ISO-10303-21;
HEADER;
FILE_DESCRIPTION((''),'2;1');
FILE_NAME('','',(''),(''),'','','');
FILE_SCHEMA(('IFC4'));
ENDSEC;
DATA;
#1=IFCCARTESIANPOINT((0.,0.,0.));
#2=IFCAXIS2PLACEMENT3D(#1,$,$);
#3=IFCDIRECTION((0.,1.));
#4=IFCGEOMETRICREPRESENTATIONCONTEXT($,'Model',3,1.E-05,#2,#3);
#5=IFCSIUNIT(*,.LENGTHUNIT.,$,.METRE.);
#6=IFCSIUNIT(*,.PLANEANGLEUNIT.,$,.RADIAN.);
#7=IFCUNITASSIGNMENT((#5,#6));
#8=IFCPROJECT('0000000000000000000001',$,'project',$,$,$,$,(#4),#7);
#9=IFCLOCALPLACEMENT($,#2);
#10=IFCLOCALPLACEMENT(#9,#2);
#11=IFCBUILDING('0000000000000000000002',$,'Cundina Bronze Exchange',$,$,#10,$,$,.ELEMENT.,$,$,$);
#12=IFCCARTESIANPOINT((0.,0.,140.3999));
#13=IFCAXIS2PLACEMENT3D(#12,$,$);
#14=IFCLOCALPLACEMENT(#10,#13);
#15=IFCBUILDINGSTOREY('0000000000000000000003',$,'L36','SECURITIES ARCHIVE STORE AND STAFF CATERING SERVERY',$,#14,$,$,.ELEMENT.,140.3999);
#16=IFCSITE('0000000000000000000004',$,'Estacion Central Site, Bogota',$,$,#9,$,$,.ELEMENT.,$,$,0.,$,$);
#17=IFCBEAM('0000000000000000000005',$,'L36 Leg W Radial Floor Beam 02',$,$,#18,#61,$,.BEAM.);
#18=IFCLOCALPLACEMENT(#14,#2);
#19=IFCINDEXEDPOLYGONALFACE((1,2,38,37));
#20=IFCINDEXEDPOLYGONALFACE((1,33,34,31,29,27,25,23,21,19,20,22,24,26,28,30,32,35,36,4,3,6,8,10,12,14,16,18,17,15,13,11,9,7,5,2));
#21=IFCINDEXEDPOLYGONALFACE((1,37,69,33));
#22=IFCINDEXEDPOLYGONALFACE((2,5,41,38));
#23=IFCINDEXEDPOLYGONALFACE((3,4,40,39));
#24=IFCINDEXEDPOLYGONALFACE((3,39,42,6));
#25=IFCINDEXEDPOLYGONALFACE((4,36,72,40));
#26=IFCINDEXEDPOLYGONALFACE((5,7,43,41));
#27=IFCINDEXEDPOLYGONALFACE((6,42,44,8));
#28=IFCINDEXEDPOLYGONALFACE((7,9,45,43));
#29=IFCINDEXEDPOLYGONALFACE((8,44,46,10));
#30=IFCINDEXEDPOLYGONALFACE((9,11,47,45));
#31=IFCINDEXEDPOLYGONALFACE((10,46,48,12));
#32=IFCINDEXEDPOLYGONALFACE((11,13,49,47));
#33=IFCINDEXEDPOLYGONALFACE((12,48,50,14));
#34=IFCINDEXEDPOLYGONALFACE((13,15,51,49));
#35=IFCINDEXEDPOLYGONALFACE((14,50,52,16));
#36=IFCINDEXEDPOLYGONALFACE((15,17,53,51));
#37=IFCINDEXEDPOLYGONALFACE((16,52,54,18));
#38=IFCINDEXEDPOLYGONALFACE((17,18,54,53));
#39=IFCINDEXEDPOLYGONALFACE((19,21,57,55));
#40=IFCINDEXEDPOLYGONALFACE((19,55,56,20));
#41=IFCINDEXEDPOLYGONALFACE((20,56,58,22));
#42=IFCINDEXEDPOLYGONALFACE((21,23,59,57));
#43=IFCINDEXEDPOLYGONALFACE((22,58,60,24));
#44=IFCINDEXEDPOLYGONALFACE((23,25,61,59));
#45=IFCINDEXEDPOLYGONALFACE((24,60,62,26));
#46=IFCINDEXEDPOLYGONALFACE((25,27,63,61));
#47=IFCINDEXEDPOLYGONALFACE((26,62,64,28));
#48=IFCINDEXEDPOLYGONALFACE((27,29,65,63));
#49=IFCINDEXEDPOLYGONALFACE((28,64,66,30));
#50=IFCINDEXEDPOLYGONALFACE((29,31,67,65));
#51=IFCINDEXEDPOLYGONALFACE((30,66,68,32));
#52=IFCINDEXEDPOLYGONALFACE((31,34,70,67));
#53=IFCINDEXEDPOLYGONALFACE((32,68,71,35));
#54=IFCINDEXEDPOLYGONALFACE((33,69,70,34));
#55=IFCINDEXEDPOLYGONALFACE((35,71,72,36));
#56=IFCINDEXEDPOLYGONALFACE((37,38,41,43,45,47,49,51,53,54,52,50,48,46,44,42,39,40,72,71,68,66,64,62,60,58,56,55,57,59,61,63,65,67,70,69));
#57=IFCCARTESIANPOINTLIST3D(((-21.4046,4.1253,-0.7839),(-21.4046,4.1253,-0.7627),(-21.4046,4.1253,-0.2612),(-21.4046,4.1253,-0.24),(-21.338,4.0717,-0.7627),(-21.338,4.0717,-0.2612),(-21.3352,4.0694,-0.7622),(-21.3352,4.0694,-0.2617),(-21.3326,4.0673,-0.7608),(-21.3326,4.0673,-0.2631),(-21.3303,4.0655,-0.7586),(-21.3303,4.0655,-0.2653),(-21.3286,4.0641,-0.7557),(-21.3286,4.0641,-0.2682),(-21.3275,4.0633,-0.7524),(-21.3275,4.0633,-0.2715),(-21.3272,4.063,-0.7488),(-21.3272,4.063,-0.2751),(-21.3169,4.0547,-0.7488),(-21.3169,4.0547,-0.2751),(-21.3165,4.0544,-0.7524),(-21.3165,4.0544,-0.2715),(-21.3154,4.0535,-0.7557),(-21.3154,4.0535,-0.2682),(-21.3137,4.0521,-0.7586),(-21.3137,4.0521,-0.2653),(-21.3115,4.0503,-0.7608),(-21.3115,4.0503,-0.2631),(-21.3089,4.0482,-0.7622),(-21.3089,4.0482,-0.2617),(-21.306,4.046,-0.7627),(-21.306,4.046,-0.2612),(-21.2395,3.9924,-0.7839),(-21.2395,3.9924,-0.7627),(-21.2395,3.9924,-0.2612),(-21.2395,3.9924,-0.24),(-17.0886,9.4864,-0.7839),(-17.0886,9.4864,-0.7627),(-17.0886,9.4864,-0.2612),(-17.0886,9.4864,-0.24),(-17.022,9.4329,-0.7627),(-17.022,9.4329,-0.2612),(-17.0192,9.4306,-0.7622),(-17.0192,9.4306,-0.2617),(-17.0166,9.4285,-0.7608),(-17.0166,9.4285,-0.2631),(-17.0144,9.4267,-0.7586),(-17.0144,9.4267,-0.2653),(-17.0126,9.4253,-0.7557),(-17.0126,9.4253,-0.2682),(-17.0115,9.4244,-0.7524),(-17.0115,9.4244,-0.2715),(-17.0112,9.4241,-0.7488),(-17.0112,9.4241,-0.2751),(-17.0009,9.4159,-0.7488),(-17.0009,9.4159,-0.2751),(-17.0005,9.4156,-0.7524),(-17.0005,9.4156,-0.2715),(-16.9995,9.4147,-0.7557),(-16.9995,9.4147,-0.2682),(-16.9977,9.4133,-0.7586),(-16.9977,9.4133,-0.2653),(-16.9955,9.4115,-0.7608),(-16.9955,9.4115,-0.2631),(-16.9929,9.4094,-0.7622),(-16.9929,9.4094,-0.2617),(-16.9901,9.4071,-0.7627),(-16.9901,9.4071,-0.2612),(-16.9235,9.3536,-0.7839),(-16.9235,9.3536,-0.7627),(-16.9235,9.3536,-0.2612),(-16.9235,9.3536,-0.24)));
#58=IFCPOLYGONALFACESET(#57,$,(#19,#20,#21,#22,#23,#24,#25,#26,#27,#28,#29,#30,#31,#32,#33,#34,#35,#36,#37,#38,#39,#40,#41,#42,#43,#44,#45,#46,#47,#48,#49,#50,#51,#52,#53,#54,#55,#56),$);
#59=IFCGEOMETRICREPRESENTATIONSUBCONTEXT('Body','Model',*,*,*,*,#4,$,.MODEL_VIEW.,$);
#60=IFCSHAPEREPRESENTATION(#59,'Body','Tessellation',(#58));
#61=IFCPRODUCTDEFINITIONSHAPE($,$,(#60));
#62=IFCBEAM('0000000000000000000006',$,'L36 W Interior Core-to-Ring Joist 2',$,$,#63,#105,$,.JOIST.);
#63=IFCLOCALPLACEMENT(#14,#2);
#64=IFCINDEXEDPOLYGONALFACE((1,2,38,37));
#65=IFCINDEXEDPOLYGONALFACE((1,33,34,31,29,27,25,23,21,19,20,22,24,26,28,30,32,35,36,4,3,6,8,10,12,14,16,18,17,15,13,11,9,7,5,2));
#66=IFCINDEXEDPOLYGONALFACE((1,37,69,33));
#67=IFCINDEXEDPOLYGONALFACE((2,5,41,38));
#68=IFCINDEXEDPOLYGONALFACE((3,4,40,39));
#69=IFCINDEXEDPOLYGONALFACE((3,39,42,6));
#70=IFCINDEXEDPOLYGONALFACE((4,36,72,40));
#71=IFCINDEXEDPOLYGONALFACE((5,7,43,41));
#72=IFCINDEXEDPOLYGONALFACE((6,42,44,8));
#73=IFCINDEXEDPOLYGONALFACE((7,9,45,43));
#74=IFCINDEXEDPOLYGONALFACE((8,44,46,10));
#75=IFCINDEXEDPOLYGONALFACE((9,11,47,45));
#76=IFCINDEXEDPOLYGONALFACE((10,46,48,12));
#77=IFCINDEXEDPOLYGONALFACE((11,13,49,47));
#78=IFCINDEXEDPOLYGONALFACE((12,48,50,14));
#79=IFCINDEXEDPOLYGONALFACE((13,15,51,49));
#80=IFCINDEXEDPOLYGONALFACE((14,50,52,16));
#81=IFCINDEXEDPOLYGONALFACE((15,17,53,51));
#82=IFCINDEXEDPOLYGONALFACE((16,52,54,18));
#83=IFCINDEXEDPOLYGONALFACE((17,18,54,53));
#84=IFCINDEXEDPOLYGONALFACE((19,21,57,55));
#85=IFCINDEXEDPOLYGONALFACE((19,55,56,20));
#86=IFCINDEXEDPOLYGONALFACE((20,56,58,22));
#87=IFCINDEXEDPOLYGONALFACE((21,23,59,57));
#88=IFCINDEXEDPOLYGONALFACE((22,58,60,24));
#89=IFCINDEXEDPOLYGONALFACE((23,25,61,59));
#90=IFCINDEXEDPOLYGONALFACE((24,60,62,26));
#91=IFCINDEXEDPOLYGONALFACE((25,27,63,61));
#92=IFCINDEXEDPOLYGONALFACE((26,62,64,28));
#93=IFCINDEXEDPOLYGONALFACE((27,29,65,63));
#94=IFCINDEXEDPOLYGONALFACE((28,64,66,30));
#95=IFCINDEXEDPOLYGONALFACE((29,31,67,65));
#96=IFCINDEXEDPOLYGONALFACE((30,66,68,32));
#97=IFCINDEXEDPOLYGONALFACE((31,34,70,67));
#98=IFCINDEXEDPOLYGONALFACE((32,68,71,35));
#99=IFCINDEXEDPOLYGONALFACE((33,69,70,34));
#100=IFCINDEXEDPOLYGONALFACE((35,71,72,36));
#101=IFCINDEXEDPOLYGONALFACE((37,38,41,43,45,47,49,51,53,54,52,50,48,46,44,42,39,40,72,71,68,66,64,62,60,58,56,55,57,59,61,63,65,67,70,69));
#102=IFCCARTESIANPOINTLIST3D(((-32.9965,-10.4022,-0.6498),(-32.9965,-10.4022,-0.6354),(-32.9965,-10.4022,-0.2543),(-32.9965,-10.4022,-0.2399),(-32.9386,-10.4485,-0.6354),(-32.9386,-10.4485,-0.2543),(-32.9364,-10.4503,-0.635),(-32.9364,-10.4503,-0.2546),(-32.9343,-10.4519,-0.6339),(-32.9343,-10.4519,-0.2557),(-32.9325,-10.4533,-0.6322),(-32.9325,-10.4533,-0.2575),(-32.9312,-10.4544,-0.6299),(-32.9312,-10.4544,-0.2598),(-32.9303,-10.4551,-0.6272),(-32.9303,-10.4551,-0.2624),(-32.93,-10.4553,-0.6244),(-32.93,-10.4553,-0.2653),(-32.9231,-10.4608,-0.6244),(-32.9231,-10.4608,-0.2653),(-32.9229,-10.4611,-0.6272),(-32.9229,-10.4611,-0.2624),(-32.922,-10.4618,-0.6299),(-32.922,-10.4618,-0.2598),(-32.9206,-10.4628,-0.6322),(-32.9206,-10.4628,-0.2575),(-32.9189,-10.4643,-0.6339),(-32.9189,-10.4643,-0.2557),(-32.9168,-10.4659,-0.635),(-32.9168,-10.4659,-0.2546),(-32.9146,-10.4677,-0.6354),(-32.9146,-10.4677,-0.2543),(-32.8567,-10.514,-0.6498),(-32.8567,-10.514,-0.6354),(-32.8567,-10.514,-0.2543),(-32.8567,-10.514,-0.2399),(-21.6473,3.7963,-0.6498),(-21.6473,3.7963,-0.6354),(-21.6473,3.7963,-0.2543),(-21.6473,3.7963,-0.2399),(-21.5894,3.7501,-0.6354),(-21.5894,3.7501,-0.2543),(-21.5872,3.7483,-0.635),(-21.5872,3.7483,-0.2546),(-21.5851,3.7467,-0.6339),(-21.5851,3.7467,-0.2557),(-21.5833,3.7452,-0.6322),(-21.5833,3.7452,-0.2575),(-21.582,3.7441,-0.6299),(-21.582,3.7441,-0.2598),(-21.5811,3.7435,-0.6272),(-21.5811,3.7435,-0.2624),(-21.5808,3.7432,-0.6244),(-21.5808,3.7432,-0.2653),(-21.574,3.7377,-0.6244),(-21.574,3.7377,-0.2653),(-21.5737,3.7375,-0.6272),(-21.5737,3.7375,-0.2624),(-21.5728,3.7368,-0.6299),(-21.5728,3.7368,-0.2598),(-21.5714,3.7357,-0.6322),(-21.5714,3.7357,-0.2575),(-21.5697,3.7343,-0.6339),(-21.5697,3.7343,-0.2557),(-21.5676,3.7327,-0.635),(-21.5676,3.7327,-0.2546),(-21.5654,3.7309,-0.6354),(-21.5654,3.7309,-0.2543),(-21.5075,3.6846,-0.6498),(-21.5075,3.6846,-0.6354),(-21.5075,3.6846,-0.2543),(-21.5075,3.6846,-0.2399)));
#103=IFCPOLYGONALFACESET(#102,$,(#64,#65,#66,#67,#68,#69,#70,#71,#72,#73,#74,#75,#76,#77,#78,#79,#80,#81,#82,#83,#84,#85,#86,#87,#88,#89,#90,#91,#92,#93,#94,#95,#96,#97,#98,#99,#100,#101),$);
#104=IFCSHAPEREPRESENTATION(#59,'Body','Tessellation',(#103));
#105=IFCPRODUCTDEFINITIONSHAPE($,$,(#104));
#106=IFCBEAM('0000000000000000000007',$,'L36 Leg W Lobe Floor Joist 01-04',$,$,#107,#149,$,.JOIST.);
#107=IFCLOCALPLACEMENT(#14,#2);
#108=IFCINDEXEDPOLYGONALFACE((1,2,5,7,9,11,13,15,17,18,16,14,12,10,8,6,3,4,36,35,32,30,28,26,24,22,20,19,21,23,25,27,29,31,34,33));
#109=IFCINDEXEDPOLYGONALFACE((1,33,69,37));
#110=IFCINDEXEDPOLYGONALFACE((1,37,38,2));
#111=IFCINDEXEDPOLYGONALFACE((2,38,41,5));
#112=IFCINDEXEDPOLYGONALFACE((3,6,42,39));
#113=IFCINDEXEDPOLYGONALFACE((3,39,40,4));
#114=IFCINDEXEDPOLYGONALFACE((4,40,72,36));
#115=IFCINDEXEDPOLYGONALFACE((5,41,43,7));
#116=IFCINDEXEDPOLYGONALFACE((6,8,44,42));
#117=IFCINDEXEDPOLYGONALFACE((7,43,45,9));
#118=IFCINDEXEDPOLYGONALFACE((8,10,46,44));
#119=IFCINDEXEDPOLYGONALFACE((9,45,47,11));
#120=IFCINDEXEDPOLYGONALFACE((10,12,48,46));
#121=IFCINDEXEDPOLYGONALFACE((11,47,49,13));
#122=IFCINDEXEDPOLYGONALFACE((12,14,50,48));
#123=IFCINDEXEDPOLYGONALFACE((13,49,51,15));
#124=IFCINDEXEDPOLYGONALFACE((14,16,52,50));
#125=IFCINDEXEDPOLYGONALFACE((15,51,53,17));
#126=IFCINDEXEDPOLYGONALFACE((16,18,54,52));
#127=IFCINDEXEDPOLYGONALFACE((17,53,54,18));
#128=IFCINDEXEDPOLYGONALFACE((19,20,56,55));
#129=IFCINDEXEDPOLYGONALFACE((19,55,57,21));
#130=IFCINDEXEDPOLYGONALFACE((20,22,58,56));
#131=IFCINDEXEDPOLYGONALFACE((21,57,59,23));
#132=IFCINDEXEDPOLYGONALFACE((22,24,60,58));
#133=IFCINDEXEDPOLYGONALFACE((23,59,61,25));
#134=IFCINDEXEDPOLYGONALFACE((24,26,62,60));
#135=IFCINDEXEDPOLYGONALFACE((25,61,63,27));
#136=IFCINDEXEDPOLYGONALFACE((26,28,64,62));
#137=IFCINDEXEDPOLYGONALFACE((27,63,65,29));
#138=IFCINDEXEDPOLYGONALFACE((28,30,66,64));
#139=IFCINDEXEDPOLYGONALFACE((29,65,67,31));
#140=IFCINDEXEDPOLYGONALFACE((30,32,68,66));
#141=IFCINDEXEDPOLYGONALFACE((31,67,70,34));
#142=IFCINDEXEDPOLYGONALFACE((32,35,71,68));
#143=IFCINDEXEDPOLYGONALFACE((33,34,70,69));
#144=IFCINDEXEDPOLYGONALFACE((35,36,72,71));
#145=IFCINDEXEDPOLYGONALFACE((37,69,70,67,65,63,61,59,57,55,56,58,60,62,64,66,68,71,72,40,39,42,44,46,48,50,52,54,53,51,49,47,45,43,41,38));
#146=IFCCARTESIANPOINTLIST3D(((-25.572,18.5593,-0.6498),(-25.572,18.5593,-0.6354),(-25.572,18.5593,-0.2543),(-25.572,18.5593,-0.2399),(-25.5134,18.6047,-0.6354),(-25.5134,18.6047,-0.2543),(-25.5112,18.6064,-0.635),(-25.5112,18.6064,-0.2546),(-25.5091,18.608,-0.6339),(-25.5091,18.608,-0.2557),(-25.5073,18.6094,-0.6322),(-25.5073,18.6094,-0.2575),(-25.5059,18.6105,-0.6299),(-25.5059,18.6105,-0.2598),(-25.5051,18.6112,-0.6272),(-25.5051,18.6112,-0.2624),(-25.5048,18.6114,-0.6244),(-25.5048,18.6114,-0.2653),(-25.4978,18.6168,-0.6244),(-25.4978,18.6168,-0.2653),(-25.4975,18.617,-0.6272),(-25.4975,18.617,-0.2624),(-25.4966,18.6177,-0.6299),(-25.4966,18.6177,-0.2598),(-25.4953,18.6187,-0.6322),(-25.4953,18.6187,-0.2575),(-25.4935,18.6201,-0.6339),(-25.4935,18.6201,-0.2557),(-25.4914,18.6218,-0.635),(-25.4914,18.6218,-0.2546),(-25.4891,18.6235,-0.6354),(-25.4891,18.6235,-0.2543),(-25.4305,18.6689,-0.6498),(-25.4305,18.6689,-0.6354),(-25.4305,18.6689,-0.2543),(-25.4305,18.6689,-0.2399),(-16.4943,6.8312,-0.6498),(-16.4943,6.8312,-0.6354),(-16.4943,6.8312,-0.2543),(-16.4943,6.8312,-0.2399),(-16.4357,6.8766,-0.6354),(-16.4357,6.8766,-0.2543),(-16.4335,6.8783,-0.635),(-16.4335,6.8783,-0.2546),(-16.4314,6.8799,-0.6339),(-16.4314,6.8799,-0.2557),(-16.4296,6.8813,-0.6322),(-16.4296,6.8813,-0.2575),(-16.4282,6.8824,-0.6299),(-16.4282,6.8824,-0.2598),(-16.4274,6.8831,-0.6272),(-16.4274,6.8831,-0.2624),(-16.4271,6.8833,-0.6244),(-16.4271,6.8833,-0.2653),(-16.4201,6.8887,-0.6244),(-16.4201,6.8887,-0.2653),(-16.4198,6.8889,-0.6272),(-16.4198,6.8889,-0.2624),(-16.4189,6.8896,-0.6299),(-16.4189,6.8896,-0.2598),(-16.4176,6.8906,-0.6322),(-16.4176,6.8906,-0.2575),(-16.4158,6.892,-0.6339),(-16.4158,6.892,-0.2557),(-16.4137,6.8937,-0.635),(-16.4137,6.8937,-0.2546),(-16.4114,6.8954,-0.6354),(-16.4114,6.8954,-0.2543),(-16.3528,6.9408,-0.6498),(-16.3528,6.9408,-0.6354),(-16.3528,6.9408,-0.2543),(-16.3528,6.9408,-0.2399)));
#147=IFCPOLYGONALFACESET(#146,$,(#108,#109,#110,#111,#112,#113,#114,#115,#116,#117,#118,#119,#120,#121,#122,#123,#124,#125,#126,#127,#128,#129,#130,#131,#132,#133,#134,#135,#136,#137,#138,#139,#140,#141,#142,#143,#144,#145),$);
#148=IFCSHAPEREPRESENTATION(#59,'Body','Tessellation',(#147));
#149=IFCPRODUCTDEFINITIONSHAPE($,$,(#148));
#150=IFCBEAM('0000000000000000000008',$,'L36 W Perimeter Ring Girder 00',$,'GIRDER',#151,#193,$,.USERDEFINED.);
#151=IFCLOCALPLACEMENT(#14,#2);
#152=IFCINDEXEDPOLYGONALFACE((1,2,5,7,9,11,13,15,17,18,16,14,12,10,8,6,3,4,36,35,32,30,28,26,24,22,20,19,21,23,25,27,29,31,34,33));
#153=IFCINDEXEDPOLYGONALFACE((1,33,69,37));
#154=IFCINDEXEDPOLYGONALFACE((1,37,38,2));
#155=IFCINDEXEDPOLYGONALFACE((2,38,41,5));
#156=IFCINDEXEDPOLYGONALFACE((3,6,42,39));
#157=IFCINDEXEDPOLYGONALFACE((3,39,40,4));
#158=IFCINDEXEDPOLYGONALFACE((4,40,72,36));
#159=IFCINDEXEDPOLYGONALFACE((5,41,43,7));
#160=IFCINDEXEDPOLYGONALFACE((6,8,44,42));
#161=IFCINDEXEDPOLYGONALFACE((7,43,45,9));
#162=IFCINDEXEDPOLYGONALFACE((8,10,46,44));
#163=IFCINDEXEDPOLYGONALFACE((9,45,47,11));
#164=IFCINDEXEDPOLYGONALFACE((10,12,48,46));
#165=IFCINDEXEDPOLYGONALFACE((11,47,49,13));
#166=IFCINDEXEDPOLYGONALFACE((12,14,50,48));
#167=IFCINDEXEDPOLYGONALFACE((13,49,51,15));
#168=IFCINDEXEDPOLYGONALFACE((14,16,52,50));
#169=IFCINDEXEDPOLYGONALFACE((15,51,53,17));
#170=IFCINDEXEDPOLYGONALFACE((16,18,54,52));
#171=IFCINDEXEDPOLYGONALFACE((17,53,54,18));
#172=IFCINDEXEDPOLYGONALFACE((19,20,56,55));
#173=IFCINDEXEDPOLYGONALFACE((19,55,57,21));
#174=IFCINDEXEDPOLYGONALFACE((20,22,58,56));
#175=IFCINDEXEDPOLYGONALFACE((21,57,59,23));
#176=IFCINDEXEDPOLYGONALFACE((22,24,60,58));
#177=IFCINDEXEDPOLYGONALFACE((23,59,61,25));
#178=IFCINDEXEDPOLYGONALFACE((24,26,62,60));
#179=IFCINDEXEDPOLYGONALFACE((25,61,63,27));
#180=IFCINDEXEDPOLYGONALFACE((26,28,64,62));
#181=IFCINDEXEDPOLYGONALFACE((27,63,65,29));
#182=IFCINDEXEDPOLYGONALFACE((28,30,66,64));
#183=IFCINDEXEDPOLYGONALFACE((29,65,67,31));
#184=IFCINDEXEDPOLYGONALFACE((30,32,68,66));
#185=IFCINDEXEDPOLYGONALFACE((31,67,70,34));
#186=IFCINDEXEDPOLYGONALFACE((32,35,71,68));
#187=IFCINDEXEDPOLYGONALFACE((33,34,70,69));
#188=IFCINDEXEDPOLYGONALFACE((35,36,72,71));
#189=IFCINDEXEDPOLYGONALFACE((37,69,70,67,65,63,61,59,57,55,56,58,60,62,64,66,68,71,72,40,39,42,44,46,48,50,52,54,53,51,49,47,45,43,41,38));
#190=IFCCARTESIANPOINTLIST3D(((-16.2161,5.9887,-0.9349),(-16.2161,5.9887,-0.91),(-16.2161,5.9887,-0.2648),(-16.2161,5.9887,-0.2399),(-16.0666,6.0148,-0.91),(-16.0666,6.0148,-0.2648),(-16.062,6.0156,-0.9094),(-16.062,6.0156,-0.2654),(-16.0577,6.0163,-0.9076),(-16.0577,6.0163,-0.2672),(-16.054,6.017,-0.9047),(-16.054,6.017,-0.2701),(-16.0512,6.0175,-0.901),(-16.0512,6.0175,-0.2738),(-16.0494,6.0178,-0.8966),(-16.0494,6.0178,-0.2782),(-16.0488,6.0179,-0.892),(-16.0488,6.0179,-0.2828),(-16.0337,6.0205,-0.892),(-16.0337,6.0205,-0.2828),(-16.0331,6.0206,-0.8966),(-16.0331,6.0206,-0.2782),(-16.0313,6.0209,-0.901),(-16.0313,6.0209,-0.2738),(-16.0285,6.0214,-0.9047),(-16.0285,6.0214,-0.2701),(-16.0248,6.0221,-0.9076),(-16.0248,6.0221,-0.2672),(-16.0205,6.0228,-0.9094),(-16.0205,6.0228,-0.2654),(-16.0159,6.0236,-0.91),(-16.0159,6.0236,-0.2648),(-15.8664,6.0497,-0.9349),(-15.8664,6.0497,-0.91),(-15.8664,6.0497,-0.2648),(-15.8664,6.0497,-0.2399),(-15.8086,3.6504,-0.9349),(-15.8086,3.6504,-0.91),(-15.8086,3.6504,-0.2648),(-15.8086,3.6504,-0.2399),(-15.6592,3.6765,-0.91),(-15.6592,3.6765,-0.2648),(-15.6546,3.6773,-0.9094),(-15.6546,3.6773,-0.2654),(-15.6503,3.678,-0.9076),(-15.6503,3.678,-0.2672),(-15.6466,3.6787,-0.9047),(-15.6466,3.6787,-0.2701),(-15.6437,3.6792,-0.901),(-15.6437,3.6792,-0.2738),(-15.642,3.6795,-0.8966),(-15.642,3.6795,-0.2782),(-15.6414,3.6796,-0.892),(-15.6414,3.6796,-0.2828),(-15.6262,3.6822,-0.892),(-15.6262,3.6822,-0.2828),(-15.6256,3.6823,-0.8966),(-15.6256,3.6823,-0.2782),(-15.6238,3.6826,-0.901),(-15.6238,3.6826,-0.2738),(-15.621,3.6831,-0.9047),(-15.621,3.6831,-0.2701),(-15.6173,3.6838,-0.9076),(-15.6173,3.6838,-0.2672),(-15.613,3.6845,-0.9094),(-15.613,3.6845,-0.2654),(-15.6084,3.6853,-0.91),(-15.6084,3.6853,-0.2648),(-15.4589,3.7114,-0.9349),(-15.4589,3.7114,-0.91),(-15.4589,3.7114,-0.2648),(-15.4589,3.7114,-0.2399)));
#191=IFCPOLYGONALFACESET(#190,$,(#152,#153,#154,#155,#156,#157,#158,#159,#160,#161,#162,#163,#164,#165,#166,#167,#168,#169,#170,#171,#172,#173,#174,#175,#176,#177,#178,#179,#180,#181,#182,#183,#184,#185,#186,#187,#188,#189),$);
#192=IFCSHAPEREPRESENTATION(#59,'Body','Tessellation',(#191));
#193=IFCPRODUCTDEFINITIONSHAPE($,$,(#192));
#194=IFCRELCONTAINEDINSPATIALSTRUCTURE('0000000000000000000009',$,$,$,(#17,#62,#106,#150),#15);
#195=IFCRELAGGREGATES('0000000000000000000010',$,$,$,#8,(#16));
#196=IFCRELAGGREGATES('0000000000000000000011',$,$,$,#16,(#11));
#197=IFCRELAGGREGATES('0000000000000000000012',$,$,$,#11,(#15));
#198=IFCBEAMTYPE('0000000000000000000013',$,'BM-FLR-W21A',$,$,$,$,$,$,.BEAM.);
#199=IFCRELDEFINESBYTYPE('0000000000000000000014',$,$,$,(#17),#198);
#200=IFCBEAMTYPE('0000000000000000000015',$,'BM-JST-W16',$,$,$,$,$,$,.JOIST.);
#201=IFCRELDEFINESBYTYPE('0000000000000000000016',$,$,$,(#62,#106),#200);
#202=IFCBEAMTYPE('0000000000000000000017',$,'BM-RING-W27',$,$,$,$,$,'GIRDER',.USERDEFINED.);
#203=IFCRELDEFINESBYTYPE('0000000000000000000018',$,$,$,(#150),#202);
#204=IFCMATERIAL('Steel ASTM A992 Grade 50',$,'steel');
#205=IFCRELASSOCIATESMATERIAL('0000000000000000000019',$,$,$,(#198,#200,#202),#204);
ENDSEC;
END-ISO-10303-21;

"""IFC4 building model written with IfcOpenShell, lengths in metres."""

from ifc_helpers import new_model, si_unit, direction, frame, origin, origin_2d, place, context, subcontext, project, spatial, i_section, extrude, material, material_profile, profile_set, type_object, element, save


model = new_model("IFC4")

# Units and contexts
model_context = context("Model", 3, precision=1e-05, world=origin(), true_north=direction((0.0, 1.0)))
body_context = subcontext(model_context, "Body", "Model", "MODEL_VIEW")
ifc_project = project(units=[si_unit("LENGTHUNIT", "METRE"), si_unit("PLANEANGLEUNIT", "RADIAN")], contexts=[model_context])

# Site, building, storey
site_placement = place(None, origin())
site = spatial("IfcSite", under=ifc_project, at=site_placement, Name="Estacion Central Site, Bogota", CompositionType="ELEMENT", RefElevation=0.0)
building_placement = place(site_placement, origin())
building = spatial("IfcBuilding", under=site, at=building_placement, Name="Cundina Bronze Exchange", CompositionType="ELEMENT")
storey_placement = place(building_placement, frame((0.0, 0.0, 140.3999)))
storey = spatial("IfcBuildingStorey", under=building, at=storey_placement, Name="L36", Description="SECURITIES ARCHIVE STORE AND STAFF CATERING SERVERY", CompositionType="ELEMENT", Elevation=140.3999)

# Shared definitions
ifc_material_1 = material(Name="Steel ASTM A992 Grade 50", Category="steel")

# Beams
ifc_material_profile_1 = material_profile(ifc_material_1, i_section(OverallWidth=0.2119, OverallDepth=0.5439, WebThickness=0.0132, FlangeThickness=0.0212, FilletRadius=0.0139, at=origin_2d()), Name="W21X83", Category="steel")
ifc_profile_set_1 = profile_set([ifc_material_profile_1], Name="Steel ASTM A992 Grade 50")
beam_type_1 = type_object("IfcBeamType", Name="BM-FLR-W21A", PredefinedType="BEAM", material=ifc_profile_set_1)
beam_1_placement = place(storey_placement, frame((-21.322, 4.0588, -0.512), z_axis=(0.627089, 0.778948, 0.0), x_axis=(-0.778948, 0.627089, 0.0)))
element("IfcBeam", 1, at=beam_1_placement, inside=storey, type_object=beam_type_1, Name="L36 Leg W Radial Floor Beam 02", PredefinedType="BEAM", context=body_context, shape_type="SweptSolid", body=[
    extrude(i_section(OverallWidth=0.2119, OverallDepth=0.5439, WebThickness=0.0132, FlangeThickness=0.0212, FilletRadius=0.0139, at=origin_2d()), origin(), (0.0, 0.0, 1.0), 6.8826),
])
ifc_material_profile_2 = material_profile(ifc_material_1, i_section(OverallWidth=0.179, OverallDepth=0.4099, WebThickness=0.0088, FlangeThickness=0.0144, FilletRadius=0.011, at=origin_2d()), Name="W16X45", Category="steel")
ifc_profile_set_2 = profile_set([ifc_material_profile_2], Name="Steel ASTM A992 Grade 50")
beam_type_2 = type_object("IfcBeamType", Name="BM-JST-W16", PredefinedType="JOIST", material=ifc_profile_set_2)
beam_2_placement = place(storey_placement, frame((-21.5774, 3.7405, -0.4448), z_axis=(-0.624371, -0.781128, 0.0), x_axis=(0.781128, -0.624371, 0.0)))
element("IfcBeam", 2, at=beam_2_placement, inside=storey, type_object=beam_type_2, Name="L36 W Interior Core-to-Ring Joist 2", PredefinedType="JOIST", context=body_context, shape_type="SweptSolid", body=[
    extrude(i_section(OverallWidth=0.179, OverallDepth=0.4099, WebThickness=0.0088, FlangeThickness=0.0144, FilletRadius=0.011, at=origin_2d()), origin(), (0.0, 0.0, 1.0), 18.177),
])
beam_3_placement = place(storey_placement, frame((-16.4236, 6.886, -0.4448), z_axis=(-0.612084, 0.790793, 0.0), x_axis=(-0.790793, -0.612084, 0.0)))
element("IfcBeam", 3, at=beam_3_placement, inside=storey, type_object=beam_type_2, Name="L36 Leg W Lobe Floor Joist 01-04", PredefinedType="JOIST", context=body_context, shape_type="SweptSolid", body=[
    extrude(i_section(OverallWidth=0.179, OverallDepth=0.4099, WebThickness=0.0088, FlangeThickness=0.0144, FilletRadius=0.011, at=origin_2d()), origin(), (0.0, 0.0, 1.0), 14.8308),
])
ifc_material_profile_3 = material_profile(ifc_material_1, i_section(OverallWidth=0.355, OverallDepth=0.6951, WebThickness=0.0154, FlangeThickness=0.0249, FilletRadius=0.0181, at=origin_2d()), Name="W27X146", Category="steel")
ifc_profile_set_3 = profile_set([ifc_material_profile_3], Name="Steel ASTM A992 Grade 50")
beam_type_3 = type_object("IfcBeamType", Name="BM-RING-W27", ElementType="GIRDER", PredefinedType="USERDEFINED", material=ifc_profile_set_3)
beam_4_placement = place(storey_placement, frame((-15.6338, 3.6809, -0.5874), z_axis=(-0.171667, 0.985155, 0.0), x_axis=(-0.985155, -0.171667, 0.0)))
element("IfcBeam", 4, at=beam_4_placement, inside=storey, type_object=beam_type_3, Name="L36 W Perimeter Ring Girder 00", ObjectType="GIRDER", PredefinedType="USERDEFINED", context=body_context, shape_type="SweptSolid", body=[
    extrude(i_section(OverallWidth=0.355, OverallDepth=0.6951, WebThickness=0.0154, FlangeThickness=0.0249, FilletRadius=0.0181, at=origin_2d()), origin(), (0.0, 0.0, 1.0), 2.3735),
])

save(model, "model.ifc")
